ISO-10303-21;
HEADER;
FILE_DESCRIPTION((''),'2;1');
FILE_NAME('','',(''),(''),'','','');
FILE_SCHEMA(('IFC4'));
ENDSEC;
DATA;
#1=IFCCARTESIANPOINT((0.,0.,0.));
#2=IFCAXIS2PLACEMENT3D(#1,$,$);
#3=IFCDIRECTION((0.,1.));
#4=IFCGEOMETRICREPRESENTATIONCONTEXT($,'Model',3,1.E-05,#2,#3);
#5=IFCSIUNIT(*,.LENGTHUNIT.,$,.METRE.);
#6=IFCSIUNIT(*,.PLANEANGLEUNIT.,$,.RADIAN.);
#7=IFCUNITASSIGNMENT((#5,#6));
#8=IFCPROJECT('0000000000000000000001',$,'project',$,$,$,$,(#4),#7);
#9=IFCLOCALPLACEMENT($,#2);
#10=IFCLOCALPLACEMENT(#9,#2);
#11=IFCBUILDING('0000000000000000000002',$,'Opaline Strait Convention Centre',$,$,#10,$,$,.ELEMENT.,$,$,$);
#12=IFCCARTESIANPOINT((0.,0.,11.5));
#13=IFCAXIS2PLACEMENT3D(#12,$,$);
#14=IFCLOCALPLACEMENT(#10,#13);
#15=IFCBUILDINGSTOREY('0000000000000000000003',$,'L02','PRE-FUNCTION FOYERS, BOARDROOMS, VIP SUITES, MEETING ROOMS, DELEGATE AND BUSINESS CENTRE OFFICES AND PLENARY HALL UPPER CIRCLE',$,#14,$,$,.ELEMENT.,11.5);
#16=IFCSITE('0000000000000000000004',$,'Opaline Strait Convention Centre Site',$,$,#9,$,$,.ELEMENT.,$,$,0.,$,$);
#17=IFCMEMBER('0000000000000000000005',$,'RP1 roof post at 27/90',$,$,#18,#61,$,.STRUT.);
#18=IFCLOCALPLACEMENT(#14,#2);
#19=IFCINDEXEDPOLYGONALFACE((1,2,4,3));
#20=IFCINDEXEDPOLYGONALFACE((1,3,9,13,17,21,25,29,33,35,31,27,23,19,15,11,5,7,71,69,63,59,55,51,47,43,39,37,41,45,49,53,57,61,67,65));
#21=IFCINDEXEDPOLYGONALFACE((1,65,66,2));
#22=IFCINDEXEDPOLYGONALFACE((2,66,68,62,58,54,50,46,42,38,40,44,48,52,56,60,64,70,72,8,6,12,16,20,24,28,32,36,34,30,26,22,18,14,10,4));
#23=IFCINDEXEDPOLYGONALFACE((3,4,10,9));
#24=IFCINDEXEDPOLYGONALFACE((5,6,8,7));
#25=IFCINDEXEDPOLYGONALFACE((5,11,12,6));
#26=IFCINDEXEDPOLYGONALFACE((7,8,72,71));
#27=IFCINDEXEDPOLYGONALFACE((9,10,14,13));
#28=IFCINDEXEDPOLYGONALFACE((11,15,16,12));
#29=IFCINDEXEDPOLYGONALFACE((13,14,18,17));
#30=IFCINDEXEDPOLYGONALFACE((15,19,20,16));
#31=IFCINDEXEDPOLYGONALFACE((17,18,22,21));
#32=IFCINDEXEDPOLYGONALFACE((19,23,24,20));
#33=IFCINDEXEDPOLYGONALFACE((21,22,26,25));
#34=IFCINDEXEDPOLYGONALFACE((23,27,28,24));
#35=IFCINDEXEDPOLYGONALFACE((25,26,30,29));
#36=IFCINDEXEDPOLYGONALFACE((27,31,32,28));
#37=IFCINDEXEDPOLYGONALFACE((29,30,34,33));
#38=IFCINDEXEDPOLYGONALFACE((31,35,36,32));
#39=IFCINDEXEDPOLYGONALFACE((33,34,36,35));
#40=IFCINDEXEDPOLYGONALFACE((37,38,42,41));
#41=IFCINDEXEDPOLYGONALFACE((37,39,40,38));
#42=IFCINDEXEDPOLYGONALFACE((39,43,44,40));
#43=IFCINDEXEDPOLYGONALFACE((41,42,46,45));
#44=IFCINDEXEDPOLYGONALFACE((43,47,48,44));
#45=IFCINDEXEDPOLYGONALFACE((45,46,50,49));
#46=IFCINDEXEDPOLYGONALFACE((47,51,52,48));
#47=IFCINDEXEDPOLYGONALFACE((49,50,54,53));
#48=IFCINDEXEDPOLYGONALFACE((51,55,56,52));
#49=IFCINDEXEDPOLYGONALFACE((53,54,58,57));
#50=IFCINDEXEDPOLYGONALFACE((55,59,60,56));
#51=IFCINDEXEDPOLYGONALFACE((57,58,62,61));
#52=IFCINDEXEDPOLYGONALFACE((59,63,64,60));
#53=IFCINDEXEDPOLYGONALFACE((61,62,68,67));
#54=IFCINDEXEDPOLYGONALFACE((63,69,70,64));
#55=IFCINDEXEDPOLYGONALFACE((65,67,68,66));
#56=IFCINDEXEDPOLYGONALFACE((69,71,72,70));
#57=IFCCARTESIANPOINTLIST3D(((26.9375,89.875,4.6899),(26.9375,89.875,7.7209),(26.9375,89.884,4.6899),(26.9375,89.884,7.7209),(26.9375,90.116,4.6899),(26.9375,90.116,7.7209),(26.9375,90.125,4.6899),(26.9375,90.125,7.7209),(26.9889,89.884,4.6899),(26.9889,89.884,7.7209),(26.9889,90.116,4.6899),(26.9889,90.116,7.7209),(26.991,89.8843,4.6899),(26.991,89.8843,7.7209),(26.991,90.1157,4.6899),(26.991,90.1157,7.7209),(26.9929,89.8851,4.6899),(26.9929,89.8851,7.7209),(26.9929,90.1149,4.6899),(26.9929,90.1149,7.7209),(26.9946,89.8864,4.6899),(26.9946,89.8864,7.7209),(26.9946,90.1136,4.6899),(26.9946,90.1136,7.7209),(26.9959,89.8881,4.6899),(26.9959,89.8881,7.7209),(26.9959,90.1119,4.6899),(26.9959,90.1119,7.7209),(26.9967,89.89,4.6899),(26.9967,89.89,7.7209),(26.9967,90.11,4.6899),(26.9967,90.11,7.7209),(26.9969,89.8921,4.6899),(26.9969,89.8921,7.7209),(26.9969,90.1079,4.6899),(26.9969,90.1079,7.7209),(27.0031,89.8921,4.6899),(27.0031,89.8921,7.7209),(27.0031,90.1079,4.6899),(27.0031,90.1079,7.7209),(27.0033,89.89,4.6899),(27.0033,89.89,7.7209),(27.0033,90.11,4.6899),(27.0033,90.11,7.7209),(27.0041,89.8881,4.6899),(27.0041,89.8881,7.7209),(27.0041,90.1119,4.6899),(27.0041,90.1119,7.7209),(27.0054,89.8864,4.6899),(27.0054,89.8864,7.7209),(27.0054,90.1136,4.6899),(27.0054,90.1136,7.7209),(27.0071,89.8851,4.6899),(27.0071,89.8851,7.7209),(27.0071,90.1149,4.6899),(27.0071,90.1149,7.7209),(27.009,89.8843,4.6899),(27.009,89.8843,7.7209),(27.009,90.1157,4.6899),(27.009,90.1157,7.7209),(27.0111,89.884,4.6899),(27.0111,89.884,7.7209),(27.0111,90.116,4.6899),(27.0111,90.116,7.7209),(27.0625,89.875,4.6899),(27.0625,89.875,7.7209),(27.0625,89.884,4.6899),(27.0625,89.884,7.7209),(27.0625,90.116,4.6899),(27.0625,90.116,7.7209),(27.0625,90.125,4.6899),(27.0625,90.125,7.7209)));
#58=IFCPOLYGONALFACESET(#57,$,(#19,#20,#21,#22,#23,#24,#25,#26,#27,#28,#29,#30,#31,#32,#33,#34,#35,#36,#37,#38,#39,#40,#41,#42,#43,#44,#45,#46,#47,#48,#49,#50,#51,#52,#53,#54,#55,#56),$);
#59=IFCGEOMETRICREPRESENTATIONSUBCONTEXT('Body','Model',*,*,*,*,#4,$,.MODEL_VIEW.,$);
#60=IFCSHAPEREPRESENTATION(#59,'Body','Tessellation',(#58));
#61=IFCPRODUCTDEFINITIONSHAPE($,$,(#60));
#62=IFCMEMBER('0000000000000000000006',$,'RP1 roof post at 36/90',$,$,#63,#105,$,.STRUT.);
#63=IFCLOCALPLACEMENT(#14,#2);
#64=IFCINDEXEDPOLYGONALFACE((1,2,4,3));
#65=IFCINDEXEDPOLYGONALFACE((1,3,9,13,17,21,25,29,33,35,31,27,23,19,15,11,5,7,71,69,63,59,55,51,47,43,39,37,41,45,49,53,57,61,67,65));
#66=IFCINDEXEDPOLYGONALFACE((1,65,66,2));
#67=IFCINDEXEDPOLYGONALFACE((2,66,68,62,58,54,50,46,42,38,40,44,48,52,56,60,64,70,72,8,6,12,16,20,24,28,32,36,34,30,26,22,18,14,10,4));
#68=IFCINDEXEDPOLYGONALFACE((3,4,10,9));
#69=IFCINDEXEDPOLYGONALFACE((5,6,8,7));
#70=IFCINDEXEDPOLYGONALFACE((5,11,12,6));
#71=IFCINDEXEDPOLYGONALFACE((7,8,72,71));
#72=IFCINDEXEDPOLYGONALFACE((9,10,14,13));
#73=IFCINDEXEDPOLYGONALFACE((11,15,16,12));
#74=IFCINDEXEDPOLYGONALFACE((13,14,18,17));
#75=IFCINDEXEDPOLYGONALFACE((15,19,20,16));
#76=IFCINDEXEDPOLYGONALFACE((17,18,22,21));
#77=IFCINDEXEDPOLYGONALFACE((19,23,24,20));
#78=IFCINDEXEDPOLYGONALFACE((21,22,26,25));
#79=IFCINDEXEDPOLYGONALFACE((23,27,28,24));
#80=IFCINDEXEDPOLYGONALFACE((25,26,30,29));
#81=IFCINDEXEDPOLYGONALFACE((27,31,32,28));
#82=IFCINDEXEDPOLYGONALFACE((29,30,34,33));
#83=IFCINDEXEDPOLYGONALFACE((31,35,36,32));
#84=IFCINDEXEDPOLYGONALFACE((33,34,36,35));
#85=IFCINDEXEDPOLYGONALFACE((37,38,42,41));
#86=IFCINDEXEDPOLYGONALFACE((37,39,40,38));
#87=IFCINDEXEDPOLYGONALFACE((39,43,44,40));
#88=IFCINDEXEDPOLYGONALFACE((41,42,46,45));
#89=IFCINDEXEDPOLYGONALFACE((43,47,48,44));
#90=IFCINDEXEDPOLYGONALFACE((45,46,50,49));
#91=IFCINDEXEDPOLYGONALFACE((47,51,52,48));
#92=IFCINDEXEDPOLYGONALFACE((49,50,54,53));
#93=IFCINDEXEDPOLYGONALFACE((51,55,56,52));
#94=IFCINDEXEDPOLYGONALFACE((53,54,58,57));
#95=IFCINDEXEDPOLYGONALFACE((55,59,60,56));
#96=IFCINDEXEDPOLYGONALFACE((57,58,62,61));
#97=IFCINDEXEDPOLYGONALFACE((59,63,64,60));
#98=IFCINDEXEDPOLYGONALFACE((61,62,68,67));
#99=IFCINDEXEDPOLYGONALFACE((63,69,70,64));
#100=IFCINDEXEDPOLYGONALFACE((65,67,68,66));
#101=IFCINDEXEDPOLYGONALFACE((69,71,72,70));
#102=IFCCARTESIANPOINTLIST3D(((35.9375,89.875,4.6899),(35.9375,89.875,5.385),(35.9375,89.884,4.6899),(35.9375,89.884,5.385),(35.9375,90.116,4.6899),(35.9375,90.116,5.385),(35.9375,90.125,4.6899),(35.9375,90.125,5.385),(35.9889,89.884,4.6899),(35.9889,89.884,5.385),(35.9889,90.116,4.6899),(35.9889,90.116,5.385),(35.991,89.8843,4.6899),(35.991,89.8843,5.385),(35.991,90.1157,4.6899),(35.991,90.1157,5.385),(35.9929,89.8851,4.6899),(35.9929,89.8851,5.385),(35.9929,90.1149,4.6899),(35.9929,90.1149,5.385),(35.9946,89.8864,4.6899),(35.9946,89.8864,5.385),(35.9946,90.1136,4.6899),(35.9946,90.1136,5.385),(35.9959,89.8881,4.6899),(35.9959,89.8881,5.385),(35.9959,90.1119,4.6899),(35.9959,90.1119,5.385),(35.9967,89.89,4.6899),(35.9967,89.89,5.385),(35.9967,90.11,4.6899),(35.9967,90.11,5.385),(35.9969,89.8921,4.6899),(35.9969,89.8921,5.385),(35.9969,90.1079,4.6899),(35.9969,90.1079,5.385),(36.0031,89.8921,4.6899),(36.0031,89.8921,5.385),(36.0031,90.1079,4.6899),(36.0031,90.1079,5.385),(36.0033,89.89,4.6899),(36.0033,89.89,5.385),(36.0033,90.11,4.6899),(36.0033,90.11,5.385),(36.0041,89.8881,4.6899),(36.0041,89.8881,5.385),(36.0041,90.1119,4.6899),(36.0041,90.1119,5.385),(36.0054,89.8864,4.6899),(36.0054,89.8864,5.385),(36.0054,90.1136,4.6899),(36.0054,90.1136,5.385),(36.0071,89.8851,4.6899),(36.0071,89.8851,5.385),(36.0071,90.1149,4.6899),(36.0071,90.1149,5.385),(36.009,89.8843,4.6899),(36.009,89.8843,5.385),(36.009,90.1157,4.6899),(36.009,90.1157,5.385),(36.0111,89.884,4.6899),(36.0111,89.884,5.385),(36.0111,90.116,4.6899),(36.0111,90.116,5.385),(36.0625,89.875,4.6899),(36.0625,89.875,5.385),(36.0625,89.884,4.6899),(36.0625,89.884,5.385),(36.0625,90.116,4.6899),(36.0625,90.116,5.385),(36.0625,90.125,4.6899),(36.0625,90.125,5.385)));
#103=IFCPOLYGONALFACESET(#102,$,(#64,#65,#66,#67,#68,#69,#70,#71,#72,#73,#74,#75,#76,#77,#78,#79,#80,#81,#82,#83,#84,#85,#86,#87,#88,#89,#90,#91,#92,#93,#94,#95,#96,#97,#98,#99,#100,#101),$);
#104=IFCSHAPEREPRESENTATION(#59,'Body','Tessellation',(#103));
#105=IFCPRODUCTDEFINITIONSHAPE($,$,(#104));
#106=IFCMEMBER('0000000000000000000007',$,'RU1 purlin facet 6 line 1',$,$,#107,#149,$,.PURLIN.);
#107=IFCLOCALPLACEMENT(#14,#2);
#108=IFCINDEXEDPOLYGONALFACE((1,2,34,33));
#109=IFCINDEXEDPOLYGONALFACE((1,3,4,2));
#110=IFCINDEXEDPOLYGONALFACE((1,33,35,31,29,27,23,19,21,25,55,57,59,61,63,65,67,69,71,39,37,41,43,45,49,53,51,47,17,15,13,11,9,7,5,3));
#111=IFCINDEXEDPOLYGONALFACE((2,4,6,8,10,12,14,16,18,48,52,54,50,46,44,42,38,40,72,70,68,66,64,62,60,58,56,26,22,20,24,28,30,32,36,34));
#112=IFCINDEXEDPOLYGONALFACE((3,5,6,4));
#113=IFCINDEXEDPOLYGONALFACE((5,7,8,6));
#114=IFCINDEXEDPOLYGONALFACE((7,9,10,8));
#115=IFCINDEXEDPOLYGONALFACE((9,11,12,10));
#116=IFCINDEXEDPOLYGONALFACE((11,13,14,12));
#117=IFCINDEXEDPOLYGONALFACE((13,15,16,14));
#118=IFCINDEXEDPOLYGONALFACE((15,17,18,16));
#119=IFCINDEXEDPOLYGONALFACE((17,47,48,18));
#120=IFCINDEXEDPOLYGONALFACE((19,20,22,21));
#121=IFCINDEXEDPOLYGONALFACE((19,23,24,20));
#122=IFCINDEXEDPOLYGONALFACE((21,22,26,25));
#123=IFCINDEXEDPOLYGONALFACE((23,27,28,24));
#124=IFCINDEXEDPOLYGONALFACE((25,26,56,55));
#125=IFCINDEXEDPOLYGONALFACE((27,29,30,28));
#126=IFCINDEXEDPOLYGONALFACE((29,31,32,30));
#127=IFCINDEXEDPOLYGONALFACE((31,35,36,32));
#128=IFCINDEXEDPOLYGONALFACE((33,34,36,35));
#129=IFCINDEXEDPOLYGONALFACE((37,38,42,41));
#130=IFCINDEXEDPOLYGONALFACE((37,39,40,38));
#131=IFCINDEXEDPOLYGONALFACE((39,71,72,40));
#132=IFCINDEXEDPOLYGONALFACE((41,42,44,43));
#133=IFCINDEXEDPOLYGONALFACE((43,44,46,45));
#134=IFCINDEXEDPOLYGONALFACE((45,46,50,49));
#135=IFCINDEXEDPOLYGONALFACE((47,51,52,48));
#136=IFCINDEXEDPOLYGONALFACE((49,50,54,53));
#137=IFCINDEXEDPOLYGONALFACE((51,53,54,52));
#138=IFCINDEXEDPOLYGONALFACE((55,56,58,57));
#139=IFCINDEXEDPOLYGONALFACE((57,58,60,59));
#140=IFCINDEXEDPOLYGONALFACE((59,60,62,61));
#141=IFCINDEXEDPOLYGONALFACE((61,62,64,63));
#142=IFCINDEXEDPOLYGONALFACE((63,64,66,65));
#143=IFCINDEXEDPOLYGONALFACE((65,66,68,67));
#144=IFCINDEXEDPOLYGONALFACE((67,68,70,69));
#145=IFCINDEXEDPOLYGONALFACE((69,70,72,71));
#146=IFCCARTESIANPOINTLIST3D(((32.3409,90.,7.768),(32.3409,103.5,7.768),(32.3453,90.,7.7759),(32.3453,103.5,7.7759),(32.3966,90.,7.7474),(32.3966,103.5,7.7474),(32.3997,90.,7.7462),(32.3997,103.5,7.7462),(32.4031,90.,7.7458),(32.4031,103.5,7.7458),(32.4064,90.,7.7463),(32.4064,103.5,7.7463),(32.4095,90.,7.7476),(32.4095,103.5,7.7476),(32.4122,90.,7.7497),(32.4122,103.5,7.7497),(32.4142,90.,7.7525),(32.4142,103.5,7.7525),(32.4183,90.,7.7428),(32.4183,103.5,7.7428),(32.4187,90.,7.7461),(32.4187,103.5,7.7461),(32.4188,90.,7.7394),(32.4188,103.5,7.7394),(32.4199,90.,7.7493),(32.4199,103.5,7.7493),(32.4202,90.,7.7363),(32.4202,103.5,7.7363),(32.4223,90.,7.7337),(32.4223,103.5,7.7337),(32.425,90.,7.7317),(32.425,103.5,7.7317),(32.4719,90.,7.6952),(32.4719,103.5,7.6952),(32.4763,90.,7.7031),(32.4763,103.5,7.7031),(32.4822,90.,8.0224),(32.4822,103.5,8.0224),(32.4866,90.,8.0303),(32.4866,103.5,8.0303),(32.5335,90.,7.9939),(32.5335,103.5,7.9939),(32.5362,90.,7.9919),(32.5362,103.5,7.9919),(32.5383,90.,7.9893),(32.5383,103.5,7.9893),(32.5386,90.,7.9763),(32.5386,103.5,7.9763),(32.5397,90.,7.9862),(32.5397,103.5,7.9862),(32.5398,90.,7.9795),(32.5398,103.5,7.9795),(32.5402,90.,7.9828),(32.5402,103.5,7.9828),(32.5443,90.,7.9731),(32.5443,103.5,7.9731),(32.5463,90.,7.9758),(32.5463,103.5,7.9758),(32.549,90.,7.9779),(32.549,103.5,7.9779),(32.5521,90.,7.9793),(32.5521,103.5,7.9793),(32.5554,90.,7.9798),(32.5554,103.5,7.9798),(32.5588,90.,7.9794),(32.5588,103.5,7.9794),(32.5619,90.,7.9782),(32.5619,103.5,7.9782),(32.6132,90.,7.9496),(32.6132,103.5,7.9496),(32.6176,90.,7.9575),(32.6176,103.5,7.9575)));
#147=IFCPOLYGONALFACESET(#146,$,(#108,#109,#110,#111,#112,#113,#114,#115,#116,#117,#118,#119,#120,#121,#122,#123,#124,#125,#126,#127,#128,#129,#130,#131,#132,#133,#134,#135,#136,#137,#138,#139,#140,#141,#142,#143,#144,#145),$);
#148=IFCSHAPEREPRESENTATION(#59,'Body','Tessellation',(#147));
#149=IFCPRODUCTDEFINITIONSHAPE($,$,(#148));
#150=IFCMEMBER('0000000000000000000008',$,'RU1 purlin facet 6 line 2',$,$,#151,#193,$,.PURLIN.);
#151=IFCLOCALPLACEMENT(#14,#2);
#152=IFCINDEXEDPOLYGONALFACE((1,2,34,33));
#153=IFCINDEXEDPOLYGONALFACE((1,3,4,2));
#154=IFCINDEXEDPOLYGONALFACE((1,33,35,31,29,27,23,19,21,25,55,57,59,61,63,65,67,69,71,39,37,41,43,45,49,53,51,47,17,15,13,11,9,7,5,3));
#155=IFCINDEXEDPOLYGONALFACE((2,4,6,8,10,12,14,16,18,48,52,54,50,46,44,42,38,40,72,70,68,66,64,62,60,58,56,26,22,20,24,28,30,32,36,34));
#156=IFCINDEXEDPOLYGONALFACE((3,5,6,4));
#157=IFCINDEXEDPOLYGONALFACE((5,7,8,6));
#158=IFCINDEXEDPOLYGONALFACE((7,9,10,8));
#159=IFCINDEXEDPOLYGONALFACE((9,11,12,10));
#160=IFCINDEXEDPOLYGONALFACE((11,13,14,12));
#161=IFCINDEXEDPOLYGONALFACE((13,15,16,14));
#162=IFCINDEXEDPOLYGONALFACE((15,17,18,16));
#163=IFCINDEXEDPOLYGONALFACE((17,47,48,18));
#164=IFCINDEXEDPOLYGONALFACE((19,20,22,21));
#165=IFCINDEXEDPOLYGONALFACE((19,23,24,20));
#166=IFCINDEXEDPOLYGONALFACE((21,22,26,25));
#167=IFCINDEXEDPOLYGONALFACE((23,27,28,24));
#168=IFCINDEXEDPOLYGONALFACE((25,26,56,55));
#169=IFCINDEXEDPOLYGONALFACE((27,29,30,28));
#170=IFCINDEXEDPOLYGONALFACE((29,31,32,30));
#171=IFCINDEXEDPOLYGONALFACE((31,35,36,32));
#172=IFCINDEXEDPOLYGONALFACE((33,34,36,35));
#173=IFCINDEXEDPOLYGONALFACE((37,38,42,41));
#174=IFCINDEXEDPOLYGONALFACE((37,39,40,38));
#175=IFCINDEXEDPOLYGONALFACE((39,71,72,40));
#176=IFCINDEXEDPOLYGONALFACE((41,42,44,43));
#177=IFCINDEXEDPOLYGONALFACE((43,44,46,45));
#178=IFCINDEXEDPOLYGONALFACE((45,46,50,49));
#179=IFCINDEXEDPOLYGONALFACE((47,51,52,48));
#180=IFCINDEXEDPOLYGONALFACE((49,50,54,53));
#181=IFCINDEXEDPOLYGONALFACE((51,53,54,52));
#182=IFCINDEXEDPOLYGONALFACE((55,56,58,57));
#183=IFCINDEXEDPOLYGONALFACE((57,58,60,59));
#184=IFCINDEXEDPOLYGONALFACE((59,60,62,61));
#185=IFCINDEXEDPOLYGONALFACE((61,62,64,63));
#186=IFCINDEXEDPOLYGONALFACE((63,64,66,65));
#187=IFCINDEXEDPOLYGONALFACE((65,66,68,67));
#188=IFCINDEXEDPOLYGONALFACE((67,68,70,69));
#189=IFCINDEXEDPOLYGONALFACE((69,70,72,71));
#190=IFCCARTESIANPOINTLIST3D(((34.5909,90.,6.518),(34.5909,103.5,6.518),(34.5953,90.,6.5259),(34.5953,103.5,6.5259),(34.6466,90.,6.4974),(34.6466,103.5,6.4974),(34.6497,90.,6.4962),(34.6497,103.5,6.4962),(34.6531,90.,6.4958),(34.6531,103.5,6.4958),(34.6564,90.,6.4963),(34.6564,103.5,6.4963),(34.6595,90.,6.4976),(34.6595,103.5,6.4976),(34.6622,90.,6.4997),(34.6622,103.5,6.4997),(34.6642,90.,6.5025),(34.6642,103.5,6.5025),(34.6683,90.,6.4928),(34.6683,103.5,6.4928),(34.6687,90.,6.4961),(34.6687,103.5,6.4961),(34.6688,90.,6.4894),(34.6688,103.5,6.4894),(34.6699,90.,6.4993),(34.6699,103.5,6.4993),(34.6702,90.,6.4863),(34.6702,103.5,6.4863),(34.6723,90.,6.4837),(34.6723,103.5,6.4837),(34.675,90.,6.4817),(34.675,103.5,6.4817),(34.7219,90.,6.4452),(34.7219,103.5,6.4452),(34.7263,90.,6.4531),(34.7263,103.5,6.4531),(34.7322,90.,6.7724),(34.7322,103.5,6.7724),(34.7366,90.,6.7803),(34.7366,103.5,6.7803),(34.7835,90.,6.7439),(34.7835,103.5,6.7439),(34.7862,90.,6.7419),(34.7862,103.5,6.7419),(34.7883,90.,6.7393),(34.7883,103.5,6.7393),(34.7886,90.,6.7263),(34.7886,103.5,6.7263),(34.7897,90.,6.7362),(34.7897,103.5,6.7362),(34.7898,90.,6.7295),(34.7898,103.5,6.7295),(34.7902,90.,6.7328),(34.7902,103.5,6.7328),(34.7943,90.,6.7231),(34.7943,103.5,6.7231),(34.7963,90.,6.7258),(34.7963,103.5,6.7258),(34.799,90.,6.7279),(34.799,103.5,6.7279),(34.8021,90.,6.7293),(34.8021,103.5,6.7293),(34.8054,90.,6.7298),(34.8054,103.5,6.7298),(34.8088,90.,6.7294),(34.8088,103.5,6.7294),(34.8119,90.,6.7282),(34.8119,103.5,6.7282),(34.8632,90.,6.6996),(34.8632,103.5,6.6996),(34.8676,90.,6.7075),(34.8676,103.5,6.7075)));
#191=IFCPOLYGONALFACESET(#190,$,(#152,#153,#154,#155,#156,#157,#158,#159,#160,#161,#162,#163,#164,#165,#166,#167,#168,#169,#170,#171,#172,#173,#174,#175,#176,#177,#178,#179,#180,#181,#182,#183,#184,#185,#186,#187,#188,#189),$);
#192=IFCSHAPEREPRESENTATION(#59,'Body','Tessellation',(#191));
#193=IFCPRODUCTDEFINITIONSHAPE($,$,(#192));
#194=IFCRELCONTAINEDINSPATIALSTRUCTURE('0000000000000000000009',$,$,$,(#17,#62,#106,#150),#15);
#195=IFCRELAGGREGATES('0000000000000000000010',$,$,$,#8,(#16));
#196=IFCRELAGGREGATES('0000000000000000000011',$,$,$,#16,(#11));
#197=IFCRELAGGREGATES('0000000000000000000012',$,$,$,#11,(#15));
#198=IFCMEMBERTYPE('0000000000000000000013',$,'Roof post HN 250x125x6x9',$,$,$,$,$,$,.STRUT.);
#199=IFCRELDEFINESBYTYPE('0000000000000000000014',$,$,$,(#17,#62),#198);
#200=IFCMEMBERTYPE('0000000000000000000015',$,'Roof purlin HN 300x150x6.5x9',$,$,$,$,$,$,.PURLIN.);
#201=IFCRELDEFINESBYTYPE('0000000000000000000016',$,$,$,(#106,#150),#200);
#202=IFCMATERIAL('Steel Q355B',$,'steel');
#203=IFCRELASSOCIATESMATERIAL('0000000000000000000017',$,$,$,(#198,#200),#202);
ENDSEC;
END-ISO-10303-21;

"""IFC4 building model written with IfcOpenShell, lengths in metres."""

from ifc_helpers import new_model, si_unit, direction, frame, origin, origin_2d, place, context, subcontext, project, spatial, i_section, extrude, material, material_profile, profile_set, type_object, element, save


model = new_model("IFC4")

# Units and contexts
model_context = context("Model", 3, precision=1e-05, world=origin(), true_north=direction((0.0, 1.0)))
body_context = subcontext(model_context, "Body", "Model", "MODEL_VIEW")
ifc_project = project(units=[si_unit("LENGTHUNIT", "METRE"), si_unit("PLANEANGLEUNIT", "RADIAN")], contexts=[model_context])

# Site, building, storey
site_placement = place(None, origin())
site = spatial("IfcSite", under=ifc_project, at=site_placement, Name="Opaline Strait Convention Centre Site", CompositionType="ELEMENT", RefElevation=0.0)
building_placement = place(site_placement, origin())
building = spatial("IfcBuilding", under=site, at=building_placement, Name="Opaline Strait Convention Centre", CompositionType="ELEMENT")
storey_placement = place(building_placement, frame((0.0, 0.0, 11.5)))
storey = spatial("IfcBuildingStorey", under=building, at=storey_placement, Name="L02", Description="PRE-FUNCTION FOYERS, BOARDROOMS, VIP SUITES, MEETING ROOMS, DELEGATE AND BUSINESS CENTRE OFFICES AND PLENARY HALL UPPER CIRCLE", CompositionType="ELEMENT", Elevation=11.5)

# Shared definitions
ifc_material_1 = material(Name="Steel Q355B", Category="steel")

# Members
ifc_material_profile_1 = material_profile(ifc_material_1, i_section(OverallWidth=0.125, OverallDepth=0.25, WebThickness=0.0061, FlangeThickness=0.009, FilletRadius=0.0081, at=origin_2d()), Name="HN 250x125x6x9")
ifc_profile_set_1 = profile_set([ifc_material_profile_1], Name="Steel Q355B")
member_type_1 = type_object("IfcMemberType", Name="Roof post HN 250x125x6x9", PredefinedType="STRUT", material=ifc_profile_set_1)
member_1_placement = place(storey_placement, frame((27.0, 90.0, 4.6899), z_axis=(0.0, 0.0, 1.0), x_axis=(1.0, 0.0, 0.0)))
element("IfcMember", 1, at=member_1_placement, inside=storey, type_object=member_type_1, Name="RP1 roof post at 27/90", PredefinedType="STRUT", context=body_context, shape_type="SweptSolid", body=[
    extrude(i_section(OverallWidth=0.125, OverallDepth=0.25, WebThickness=0.0061, FlangeThickness=0.009, FilletRadius=0.0081, at=origin_2d()), origin(), (0.0, 0.0, 1.0), 3.031),
])
member_2_placement = place(storey_placement, frame((36.0, 90.0, 4.6899), z_axis=(0.0, 0.0, 1.0), x_axis=(1.0, 0.0, 0.0)))
element("IfcMember", 2, at=member_2_placement, inside=storey, type_object=member_type_1, Name="RP1 roof post at 36/90", PredefinedType="STRUT", context=body_context, shape_type="SweptSolid", body=[
    extrude(i_section(OverallWidth=0.125, OverallDepth=0.25, WebThickness=0.0061, FlangeThickness=0.009, FilletRadius=0.0081, at=origin_2d()), origin(), (0.0, 0.0, 1.0), 0.6951),
])
ifc_material_profile_2 = material_profile(ifc_material_1, i_section(OverallWidth=0.1499, OverallDepth=0.3, WebThickness=0.0066, FlangeThickness=0.009, FilletRadius=0.0129, at=origin_2d()), Name="HN 300x150x6.5x9")
ifc_profile_set_2 = profile_set([ifc_material_profile_2], Name="Steel Q355B")
member_type_2 = type_object("IfcMemberType", Name="Roof purlin HN 300x150x6.5x9", PredefinedType="PURLIN", material=ifc_profile_set_2)
for number, where, z_axis, x_axis, name in (
    (3, (32.4792, 90.0, 7.8628), (0.0, 1.0, 0.0), (-0.874157, 0.0, 0.485643), "RU1 purlin facet 6 line 1"),
    (4, (34.7292, 90.0, 6.6128), (0.0, 1.0, 0.0), (-0.874157, 0.0, 0.485643), "RU1 purlin facet 6 line 2"),
):
    element("IfcMember", number, at=place(storey_placement, frame(where, z_axis=z_axis, x_axis=x_axis)), inside=storey, type_object=member_type_2, Name=name, PredefinedType="PURLIN", context=body_context, shape_type="SweptSolid", body=[
        extrude(i_section(OverallWidth=0.1499, OverallDepth=0.3, WebThickness=0.0066, FlangeThickness=0.009, FilletRadius=0.0129, at=origin_2d()), origin(), (0.0, 0.0, 1.0), 13.5),
    ])

save(model, "model.ifc")
